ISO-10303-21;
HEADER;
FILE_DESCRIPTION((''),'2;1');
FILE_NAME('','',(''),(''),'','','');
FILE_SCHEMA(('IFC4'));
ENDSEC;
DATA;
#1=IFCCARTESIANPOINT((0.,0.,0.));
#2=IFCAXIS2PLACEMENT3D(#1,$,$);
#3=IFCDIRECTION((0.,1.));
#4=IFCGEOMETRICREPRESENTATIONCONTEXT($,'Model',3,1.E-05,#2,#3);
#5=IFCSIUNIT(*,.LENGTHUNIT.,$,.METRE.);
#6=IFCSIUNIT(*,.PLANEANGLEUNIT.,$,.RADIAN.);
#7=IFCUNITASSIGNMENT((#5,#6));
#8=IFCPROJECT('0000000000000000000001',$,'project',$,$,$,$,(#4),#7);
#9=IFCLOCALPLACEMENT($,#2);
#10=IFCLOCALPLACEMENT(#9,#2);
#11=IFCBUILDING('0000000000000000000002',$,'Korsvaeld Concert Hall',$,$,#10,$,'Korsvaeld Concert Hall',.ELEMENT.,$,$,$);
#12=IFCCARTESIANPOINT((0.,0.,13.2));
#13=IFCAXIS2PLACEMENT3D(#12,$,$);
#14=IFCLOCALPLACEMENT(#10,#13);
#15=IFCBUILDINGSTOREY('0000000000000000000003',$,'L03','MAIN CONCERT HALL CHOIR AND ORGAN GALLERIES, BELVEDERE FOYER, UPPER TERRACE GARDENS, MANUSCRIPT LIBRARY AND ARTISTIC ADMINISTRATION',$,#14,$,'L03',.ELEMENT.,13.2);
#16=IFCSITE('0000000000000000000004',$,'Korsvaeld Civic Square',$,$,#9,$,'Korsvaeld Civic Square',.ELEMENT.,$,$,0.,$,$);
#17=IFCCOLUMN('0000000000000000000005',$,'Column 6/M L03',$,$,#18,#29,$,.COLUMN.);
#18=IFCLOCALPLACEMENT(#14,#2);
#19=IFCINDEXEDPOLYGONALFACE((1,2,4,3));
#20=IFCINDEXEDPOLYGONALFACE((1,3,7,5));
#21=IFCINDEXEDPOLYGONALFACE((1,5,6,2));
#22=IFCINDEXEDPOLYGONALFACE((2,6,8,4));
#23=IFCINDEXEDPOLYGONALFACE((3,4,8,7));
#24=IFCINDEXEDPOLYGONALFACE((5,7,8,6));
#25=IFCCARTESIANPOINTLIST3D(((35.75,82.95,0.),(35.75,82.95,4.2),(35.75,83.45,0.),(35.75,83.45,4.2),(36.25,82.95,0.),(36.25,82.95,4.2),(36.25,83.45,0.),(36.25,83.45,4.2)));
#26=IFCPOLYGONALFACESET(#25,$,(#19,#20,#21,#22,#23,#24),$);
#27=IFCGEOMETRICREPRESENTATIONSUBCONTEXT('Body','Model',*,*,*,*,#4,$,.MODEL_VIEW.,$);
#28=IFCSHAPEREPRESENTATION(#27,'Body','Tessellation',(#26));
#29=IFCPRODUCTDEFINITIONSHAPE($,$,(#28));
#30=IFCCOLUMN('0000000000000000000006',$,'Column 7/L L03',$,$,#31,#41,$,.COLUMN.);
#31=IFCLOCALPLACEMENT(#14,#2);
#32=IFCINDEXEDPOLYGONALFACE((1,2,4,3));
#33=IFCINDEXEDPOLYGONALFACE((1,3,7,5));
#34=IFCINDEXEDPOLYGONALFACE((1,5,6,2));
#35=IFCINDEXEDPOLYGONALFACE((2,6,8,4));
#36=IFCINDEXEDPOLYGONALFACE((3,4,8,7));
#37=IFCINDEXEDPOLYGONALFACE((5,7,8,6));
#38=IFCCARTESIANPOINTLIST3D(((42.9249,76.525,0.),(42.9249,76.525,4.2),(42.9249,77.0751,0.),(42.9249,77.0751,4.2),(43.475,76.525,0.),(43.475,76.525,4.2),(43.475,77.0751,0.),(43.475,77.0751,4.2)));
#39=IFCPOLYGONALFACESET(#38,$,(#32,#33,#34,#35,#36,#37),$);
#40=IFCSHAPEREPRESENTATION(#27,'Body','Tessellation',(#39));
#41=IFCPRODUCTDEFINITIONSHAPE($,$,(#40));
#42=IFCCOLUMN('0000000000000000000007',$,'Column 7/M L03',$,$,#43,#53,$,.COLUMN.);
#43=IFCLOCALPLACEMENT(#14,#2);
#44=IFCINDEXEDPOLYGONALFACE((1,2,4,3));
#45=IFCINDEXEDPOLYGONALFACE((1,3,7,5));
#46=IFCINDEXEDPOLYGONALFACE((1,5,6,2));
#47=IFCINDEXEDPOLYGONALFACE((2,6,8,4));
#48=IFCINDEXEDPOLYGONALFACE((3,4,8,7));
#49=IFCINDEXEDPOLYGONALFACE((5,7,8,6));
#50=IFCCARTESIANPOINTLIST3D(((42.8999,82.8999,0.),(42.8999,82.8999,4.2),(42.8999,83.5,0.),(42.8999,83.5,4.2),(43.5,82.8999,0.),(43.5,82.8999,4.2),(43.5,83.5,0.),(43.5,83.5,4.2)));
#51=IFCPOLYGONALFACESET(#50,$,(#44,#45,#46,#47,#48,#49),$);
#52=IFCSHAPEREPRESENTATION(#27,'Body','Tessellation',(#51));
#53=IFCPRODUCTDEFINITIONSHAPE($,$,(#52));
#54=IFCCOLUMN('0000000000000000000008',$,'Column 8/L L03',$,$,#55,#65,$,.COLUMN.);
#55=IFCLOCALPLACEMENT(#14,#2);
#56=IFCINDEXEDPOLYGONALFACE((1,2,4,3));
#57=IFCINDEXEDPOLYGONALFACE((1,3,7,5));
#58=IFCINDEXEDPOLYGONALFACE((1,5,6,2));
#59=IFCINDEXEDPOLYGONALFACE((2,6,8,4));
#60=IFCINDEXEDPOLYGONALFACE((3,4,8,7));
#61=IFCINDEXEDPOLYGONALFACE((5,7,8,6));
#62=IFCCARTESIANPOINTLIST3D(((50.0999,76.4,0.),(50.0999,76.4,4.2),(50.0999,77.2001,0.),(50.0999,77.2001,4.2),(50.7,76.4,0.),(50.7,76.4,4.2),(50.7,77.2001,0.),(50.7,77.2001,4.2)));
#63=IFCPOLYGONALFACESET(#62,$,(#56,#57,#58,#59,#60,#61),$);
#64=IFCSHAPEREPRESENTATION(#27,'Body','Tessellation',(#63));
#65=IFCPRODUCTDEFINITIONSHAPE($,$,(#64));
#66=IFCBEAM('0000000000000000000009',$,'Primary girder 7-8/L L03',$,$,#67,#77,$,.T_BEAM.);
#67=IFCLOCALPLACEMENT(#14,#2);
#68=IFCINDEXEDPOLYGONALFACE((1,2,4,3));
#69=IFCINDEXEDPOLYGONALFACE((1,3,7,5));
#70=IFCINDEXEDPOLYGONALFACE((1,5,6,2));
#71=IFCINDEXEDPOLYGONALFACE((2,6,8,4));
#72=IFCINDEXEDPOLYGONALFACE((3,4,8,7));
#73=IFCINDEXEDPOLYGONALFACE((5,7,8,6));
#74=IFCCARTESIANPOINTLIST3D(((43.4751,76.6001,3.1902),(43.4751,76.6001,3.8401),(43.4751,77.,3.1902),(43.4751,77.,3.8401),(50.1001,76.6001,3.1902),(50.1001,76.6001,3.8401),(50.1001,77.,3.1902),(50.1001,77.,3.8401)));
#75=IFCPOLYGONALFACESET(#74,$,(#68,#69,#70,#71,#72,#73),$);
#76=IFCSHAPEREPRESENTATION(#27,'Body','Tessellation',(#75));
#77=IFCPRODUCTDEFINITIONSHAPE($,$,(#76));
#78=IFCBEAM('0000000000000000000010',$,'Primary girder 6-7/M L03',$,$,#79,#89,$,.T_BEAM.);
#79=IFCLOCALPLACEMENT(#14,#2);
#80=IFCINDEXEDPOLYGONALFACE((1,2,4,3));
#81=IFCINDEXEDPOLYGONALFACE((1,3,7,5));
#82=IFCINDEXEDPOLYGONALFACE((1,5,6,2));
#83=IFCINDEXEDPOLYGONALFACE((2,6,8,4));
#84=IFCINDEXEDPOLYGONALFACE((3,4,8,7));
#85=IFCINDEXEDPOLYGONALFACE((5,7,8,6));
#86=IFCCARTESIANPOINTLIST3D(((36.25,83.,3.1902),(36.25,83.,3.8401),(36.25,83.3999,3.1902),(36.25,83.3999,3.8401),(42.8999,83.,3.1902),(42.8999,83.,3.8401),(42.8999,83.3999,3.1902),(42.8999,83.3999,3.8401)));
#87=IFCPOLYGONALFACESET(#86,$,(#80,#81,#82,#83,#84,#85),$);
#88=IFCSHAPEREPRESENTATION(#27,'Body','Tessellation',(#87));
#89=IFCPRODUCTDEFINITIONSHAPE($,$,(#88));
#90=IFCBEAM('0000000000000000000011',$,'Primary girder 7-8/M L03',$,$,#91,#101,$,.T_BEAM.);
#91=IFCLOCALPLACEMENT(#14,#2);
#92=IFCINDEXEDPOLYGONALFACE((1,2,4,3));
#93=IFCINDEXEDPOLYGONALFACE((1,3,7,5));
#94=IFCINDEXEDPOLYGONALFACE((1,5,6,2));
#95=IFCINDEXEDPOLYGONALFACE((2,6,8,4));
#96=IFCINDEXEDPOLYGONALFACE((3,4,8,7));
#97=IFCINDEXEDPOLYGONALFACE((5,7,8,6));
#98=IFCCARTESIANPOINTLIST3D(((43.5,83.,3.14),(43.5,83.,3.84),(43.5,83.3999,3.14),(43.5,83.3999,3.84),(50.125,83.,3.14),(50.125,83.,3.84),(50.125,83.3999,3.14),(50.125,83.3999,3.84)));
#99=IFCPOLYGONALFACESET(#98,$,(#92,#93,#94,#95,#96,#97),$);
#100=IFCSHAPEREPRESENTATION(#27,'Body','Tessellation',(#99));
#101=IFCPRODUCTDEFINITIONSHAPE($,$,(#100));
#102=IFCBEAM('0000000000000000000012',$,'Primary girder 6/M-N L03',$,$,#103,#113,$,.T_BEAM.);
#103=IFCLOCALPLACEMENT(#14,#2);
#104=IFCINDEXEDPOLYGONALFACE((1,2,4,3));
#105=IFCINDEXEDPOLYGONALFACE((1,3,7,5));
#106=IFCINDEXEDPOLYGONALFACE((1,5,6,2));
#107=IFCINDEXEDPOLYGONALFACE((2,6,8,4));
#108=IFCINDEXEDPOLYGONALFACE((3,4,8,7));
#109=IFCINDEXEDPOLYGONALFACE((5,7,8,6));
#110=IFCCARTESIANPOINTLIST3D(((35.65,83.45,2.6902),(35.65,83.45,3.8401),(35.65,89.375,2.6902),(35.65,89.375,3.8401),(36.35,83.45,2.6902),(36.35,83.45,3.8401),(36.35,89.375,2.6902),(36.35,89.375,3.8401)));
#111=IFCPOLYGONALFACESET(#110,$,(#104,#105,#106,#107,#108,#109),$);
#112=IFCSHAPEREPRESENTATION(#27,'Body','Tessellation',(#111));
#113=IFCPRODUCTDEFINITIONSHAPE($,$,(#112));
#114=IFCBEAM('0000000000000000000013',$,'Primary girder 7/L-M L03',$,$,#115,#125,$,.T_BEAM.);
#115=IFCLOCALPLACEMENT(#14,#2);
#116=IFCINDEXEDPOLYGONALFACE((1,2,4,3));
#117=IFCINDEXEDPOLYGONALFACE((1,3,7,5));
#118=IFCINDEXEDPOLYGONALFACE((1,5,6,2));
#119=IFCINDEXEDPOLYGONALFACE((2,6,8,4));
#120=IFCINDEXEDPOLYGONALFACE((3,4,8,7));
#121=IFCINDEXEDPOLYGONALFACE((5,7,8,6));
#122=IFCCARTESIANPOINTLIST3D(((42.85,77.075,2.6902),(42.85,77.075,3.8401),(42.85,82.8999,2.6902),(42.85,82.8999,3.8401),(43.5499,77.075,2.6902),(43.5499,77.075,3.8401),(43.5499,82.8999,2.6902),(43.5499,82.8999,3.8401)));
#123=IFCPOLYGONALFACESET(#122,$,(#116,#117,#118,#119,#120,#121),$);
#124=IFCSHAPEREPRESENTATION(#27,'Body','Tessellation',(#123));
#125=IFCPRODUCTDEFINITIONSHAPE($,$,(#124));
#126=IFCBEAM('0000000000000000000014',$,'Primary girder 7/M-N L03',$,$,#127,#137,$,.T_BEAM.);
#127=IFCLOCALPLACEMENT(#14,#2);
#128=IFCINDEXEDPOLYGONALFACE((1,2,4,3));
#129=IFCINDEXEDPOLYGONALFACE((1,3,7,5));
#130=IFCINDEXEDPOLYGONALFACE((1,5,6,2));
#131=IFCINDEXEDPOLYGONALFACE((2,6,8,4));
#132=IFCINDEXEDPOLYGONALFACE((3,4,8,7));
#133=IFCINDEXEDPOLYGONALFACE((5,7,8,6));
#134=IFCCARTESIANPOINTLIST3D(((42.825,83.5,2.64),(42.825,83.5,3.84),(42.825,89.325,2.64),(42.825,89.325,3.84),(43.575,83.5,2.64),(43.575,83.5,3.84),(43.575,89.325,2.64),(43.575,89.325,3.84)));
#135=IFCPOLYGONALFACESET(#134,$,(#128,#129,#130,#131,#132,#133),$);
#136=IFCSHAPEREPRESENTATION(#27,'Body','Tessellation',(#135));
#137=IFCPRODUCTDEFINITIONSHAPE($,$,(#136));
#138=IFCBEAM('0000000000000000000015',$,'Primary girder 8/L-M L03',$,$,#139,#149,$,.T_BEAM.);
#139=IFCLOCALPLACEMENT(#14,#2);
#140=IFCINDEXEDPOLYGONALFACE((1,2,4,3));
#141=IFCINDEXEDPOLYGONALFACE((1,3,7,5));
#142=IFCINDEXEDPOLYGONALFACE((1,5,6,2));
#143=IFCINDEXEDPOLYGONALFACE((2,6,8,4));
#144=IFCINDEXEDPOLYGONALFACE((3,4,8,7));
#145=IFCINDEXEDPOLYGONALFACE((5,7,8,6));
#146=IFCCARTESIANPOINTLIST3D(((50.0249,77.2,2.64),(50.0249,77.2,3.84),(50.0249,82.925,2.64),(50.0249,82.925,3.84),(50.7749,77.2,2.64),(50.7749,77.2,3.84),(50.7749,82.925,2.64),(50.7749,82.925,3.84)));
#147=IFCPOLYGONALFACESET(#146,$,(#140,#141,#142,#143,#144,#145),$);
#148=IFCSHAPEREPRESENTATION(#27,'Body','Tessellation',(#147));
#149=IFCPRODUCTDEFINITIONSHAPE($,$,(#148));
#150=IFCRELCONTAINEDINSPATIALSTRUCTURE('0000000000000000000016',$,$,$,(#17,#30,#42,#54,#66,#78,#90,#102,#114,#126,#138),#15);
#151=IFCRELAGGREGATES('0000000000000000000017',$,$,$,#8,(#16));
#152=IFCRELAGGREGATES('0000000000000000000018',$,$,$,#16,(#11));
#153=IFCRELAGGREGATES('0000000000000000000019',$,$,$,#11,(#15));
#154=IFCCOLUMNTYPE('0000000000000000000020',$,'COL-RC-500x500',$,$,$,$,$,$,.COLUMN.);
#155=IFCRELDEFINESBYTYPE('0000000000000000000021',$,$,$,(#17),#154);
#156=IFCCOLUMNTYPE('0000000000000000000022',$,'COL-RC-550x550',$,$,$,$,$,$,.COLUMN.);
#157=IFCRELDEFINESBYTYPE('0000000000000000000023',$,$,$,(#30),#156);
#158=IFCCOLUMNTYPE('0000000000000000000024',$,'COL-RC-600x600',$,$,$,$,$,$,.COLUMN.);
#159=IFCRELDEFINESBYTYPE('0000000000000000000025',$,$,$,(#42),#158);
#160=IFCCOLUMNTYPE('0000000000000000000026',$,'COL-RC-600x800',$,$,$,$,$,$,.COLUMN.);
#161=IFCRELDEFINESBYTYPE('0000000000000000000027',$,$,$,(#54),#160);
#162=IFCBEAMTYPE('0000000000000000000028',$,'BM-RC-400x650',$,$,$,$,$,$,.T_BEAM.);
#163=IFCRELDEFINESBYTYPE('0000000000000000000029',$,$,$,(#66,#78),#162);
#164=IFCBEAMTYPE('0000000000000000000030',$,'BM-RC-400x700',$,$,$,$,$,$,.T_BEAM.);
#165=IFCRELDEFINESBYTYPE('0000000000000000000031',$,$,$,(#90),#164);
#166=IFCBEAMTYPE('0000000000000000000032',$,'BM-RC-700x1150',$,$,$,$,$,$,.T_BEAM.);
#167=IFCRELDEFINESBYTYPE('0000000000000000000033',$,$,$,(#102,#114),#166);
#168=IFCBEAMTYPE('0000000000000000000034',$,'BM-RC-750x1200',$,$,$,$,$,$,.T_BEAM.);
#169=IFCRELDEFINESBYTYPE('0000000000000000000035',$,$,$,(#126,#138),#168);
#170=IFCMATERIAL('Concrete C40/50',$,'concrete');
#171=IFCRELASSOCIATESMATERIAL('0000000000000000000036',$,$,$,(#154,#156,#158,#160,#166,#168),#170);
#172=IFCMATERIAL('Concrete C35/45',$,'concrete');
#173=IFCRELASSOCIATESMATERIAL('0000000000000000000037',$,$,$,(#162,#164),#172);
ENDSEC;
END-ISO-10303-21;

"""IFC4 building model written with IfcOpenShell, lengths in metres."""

from ifc_helpers import new_model, si_unit, direction, frame, origin, origin_2d, place, context, subcontext, project, spatial, rectangle, extrude, material, material_profile, profile_set, type_object, element, save


model = new_model("IFC4")

# Units and contexts
model_context = context("Model", 3, precision=1e-05, world=origin(), true_north=direction((0.0, 1.0)))
body_context = subcontext(model_context, "Body", "Model", "MODEL_VIEW")
ifc_project = project(units=[si_unit("LENGTHUNIT", "METRE"), si_unit("PLANEANGLEUNIT", "RADIAN")], contexts=[model_context])

# Site, building, storey
site_placement = place(None, origin())
site = spatial("IfcSite", under=ifc_project, at=site_placement, Name="Korsvaeld Civic Square", LongName="Korsvaeld Civic Square", CompositionType="ELEMENT", RefElevation=0.0)
building_placement = place(site_placement, origin())
building = spatial("IfcBuilding", under=site, at=building_placement, Name="Korsvaeld Concert Hall", LongName="Korsvaeld Concert Hall", CompositionType="ELEMENT")
storey_placement = place(building_placement, frame((0.0, 0.0, 13.2)))
storey = spatial("IfcBuildingStorey", under=building, at=storey_placement, Name="L03", Description="MAIN CONCERT HALL CHOIR AND ORGAN GALLERIES, BELVEDERE FOYER, UPPER TERRACE GARDENS, MANUSCRIPT LIBRARY AND ARTISTIC ADMINISTRATION", LongName="L03", CompositionType="ELEMENT", Elevation=13.2)

# Columns
ifc_material_1 = material(Name="Concrete C40/50", Category="concrete")
ifc_material_profile_1 = material_profile(ifc_material_1, rectangle(XDim=0.5, YDim=0.5, at=origin_2d()), Name="RC 500x500")
ifc_profile_set_1 = profile_set([ifc_material_profile_1], Name="Concrete C40/50")
column_type_1 = type_object("IfcColumnType", Name="COL-RC-500x500", PredefinedType="COLUMN", material=ifc_profile_set_1)
column_1_placement = place(storey_placement, frame((36.0, 83.2, 0.0), z_axis=(0.0, 0.0, 1.0), x_axis=(1.0, 0.0, 0.0)))
element("IfcColumn", 1, at=column_1_placement, inside=storey, type_object=column_type_1, Name="Column 6/M L03", PredefinedType="COLUMN", context=body_context, shape_type="SweptSolid", body=[
    extrude(rectangle(XDim=0.5, YDim=0.5, at=origin_2d()), origin(), (0.0, 0.0, 1.0), 4.2),
])
ifc_material_profile_2 = material_profile(ifc_material_1, rectangle(XDim=0.55, YDim=0.55, at=origin_2d()), Name="RC 550x550")
ifc_profile_set_2 = profile_set([ifc_material_profile_2], Name="Concrete C40/50")
column_type_2 = type_object("IfcColumnType", Name="COL-RC-550x550", PredefinedType="COLUMN", material=ifc_profile_set_2)
column_2_placement = place(storey_placement, frame((43.2, 76.8, 0.0), z_axis=(0.0, 0.0, 1.0), x_axis=(1.0, 0.0, 0.0)))
element("IfcColumn", 2, at=column_2_placement, inside=storey, type_object=column_type_2, Name="Column 7/L L03", PredefinedType="COLUMN", context=body_context, shape_type="SweptSolid", body=[
    extrude(rectangle(XDim=0.55, YDim=0.55, at=origin_2d()), origin(), (0.0, 0.0, 1.0), 4.2),
])
ifc_material_profile_3 = material_profile(ifc_material_1, rectangle(XDim=0.6001, YDim=0.6001, at=origin_2d()), Name="RC 600x600")
ifc_profile_set_3 = profile_set([ifc_material_profile_3], Name="Concrete C40/50")
column_type_3 = type_object("IfcColumnType", Name="COL-RC-600x600", PredefinedType="COLUMN", material=ifc_profile_set_3)
column_3_placement = place(storey_placement, frame((43.2, 83.2, 0.0), z_axis=(0.0, 0.0, 1.0), x_axis=(1.0, 0.0, 0.0)))
element("IfcColumn", 3, at=column_3_placement, inside=storey, type_object=column_type_3, Name="Column 7/M L03", PredefinedType="COLUMN", context=body_context, shape_type="SweptSolid", body=[
    extrude(rectangle(XDim=0.6001, YDim=0.6001, at=origin_2d()), origin(), (0.0, 0.0, 1.0), 4.2),
])
ifc_material_profile_4 = material_profile(ifc_material_1, rectangle(XDim=0.6001, YDim=0.8, at=origin_2d()), Name="RC 600x800")
ifc_profile_set_4 = profile_set([ifc_material_profile_4], Name="Concrete C40/50")
column_type_4 = type_object("IfcColumnType", Name="COL-RC-600x800", PredefinedType="COLUMN", material=ifc_profile_set_4)
column_4_placement = place(storey_placement, frame((50.3999, 76.8, 0.0), z_axis=(0.0, 0.0, 1.0), x_axis=(1.0, 0.0, 0.0)))
element("IfcColumn", 4, at=column_4_placement, inside=storey, type_object=column_type_4, Name="Column 8/L L03", PredefinedType="COLUMN", context=body_context, shape_type="SweptSolid", body=[
    extrude(rectangle(XDim=0.6001, YDim=0.8, at=origin_2d()), origin(), (0.0, 0.0, 1.0), 4.2),
])

# Beams
ifc_material_2 = material(Name="Concrete C35/45", Category="concrete")
ifc_material_profile_5 = material_profile(ifc_material_2, rectangle(XDim=0.3999, YDim=0.6499, at=origin_2d()), Name="RC 400x650")
ifc_profile_set_5 = profile_set([ifc_material_profile_5], Name="Concrete C35/45")
beam_type_1 = type_object("IfcBeamType", Name="BM-RC-400x650", PredefinedType="T_BEAM", material=ifc_profile_set_5)
beam_1_placement = place(storey_placement, frame((43.4751, 76.8, 3.5151), z_axis=(1.0, 0.0, 0.0), x_axis=(0.0, 1.0, 0.0)))
element("IfcBeam", 5, at=beam_1_placement, inside=storey, type_object=beam_type_1, Name="Primary girder 7-8/L L03", PredefinedType="T_BEAM", context=body_context, shape_type="SweptSolid", body=[
    extrude(rectangle(XDim=0.3999, YDim=0.6499, at=origin_2d()), origin(), (0.0, 0.0, 1.0), 6.625),
])
beam_2_placement = place(storey_placement, frame((36.25, 83.2, 3.5151), z_axis=(1.0, 0.0, 0.0), x_axis=(0.0, 1.0, 0.0)))
element("IfcBeam", 6, at=beam_2_placement, inside=storey, type_object=beam_type_1, Name="Primary girder 6-7/M L03", PredefinedType="T_BEAM", context=body_context, shape_type="SweptSolid", body=[
    extrude(rectangle(XDim=0.3999, YDim=0.6499, at=origin_2d()), origin(), (0.0, 0.0, 1.0), 6.6499),
])
ifc_material_profile_6 = material_profile(ifc_material_2, rectangle(XDim=0.3999, YDim=0.7, at=origin_2d()), Name="RC 400x700")
ifc_profile_set_6 = profile_set([ifc_material_profile_6], Name="Concrete C35/45")
beam_type_2 = type_object("IfcBeamType", Name="BM-RC-400x700", PredefinedType="T_BEAM", material=ifc_profile_set_6)
beam_3_placement = place(storey_placement, frame((43.5, 83.2, 3.49), z_axis=(1.0, 0.0, 0.0), x_axis=(0.0, 1.0, 0.0)))
element("IfcBeam", 7, at=beam_3_placement, inside=storey, type_object=beam_type_2, Name="Primary girder 7-8/M L03", PredefinedType="T_BEAM", context=body_context, shape_type="SweptSolid", body=[
    extrude(rectangle(XDim=0.3999, YDim=0.7, at=origin_2d()), origin(), (0.0, 0.0, 1.0), 6.625),
])
ifc_material_profile_7 = material_profile(ifc_material_1, rectangle(XDim=0.7, YDim=1.1499, at=origin_2d()), Name="RC 700x1150")
ifc_profile_set_7 = profile_set([ifc_material_profile_7], Name="Concrete C40/50")
beam_type_3 = type_object("IfcBeamType", Name="BM-RC-700x1150", PredefinedType="T_BEAM", material=ifc_profile_set_7)
beam_4_placement = place(storey_placement, frame((36.0, 83.45, 3.2651), z_axis=(0.0, 1.0, 0.0), x_axis=(-1.0, 0.0, 0.0)))
element("IfcBeam", 8, at=beam_4_placement, inside=storey, type_object=beam_type_3, Name="Primary girder 6/M-N L03", PredefinedType="T_BEAM", context=body_context, shape_type="SweptSolid", body=[
    extrude(rectangle(XDim=0.7, YDim=1.1499, at=origin_2d()), origin(), (0.0, 0.0, 1.0), 5.925),
])
beam_5_placement = place(storey_placement, frame((43.2, 77.075, 3.2651), z_axis=(0.0, 1.0, 0.0), x_axis=(-1.0, 0.0, 0.0)))
element("IfcBeam", 9, at=beam_5_placement, inside=storey, type_object=beam_type_3, Name="Primary girder 7/L-M L03", PredefinedType="T_BEAM", context=body_context, shape_type="SweptSolid", body=[
    extrude(rectangle(XDim=0.7, YDim=1.1499, at=origin_2d()), origin(), (0.0, 0.0, 1.0), 5.825),
])
ifc_material_profile_8 = material_profile(ifc_material_1, rectangle(XDim=0.75, YDim=1.2, at=origin_2d()), Name="RC 750x1200")
ifc_profile_set_8 = profile_set([ifc_material_profile_8], Name="Concrete C40/50")
beam_type_4 = type_object("IfcBeamType", Name="BM-RC-750x1200", PredefinedType="T_BEAM", material=ifc_profile_set_8)
beam_6_placement = place(storey_placement, frame((43.2, 83.5, 3.24), z_axis=(0.0, 1.0, 0.0), x_axis=(-1.0, 0.0, 0.0)))
element("IfcBeam", 10, at=beam_6_placement, inside=storey, type_object=beam_type_4, Name="Primary girder 7/M-N L03", PredefinedType="T_BEAM", context=body_context, shape_type="SweptSolid", body=[
    extrude(rectangle(XDim=0.75, YDim=1.2, at=origin_2d()), origin(), (0.0, 0.0, 1.0), 5.825),
])
beam_7_placement = place(storey_placement, frame((50.3999, 77.2, 3.24), z_axis=(0.0, 1.0, 0.0), x_axis=(-1.0, 0.0, 0.0)))
element("IfcBeam", 11, at=beam_7_placement, inside=storey, type_object=beam_type_4, Name="Primary girder 8/L-M L03", PredefinedType="T_BEAM", context=body_context, shape_type="SweptSolid", body=[
    extrude(rectangle(XDim=0.75, YDim=1.2, at=origin_2d()), origin(), (0.0, 0.0, 1.0), 5.7251),
])

save(model, "model.ifc")
